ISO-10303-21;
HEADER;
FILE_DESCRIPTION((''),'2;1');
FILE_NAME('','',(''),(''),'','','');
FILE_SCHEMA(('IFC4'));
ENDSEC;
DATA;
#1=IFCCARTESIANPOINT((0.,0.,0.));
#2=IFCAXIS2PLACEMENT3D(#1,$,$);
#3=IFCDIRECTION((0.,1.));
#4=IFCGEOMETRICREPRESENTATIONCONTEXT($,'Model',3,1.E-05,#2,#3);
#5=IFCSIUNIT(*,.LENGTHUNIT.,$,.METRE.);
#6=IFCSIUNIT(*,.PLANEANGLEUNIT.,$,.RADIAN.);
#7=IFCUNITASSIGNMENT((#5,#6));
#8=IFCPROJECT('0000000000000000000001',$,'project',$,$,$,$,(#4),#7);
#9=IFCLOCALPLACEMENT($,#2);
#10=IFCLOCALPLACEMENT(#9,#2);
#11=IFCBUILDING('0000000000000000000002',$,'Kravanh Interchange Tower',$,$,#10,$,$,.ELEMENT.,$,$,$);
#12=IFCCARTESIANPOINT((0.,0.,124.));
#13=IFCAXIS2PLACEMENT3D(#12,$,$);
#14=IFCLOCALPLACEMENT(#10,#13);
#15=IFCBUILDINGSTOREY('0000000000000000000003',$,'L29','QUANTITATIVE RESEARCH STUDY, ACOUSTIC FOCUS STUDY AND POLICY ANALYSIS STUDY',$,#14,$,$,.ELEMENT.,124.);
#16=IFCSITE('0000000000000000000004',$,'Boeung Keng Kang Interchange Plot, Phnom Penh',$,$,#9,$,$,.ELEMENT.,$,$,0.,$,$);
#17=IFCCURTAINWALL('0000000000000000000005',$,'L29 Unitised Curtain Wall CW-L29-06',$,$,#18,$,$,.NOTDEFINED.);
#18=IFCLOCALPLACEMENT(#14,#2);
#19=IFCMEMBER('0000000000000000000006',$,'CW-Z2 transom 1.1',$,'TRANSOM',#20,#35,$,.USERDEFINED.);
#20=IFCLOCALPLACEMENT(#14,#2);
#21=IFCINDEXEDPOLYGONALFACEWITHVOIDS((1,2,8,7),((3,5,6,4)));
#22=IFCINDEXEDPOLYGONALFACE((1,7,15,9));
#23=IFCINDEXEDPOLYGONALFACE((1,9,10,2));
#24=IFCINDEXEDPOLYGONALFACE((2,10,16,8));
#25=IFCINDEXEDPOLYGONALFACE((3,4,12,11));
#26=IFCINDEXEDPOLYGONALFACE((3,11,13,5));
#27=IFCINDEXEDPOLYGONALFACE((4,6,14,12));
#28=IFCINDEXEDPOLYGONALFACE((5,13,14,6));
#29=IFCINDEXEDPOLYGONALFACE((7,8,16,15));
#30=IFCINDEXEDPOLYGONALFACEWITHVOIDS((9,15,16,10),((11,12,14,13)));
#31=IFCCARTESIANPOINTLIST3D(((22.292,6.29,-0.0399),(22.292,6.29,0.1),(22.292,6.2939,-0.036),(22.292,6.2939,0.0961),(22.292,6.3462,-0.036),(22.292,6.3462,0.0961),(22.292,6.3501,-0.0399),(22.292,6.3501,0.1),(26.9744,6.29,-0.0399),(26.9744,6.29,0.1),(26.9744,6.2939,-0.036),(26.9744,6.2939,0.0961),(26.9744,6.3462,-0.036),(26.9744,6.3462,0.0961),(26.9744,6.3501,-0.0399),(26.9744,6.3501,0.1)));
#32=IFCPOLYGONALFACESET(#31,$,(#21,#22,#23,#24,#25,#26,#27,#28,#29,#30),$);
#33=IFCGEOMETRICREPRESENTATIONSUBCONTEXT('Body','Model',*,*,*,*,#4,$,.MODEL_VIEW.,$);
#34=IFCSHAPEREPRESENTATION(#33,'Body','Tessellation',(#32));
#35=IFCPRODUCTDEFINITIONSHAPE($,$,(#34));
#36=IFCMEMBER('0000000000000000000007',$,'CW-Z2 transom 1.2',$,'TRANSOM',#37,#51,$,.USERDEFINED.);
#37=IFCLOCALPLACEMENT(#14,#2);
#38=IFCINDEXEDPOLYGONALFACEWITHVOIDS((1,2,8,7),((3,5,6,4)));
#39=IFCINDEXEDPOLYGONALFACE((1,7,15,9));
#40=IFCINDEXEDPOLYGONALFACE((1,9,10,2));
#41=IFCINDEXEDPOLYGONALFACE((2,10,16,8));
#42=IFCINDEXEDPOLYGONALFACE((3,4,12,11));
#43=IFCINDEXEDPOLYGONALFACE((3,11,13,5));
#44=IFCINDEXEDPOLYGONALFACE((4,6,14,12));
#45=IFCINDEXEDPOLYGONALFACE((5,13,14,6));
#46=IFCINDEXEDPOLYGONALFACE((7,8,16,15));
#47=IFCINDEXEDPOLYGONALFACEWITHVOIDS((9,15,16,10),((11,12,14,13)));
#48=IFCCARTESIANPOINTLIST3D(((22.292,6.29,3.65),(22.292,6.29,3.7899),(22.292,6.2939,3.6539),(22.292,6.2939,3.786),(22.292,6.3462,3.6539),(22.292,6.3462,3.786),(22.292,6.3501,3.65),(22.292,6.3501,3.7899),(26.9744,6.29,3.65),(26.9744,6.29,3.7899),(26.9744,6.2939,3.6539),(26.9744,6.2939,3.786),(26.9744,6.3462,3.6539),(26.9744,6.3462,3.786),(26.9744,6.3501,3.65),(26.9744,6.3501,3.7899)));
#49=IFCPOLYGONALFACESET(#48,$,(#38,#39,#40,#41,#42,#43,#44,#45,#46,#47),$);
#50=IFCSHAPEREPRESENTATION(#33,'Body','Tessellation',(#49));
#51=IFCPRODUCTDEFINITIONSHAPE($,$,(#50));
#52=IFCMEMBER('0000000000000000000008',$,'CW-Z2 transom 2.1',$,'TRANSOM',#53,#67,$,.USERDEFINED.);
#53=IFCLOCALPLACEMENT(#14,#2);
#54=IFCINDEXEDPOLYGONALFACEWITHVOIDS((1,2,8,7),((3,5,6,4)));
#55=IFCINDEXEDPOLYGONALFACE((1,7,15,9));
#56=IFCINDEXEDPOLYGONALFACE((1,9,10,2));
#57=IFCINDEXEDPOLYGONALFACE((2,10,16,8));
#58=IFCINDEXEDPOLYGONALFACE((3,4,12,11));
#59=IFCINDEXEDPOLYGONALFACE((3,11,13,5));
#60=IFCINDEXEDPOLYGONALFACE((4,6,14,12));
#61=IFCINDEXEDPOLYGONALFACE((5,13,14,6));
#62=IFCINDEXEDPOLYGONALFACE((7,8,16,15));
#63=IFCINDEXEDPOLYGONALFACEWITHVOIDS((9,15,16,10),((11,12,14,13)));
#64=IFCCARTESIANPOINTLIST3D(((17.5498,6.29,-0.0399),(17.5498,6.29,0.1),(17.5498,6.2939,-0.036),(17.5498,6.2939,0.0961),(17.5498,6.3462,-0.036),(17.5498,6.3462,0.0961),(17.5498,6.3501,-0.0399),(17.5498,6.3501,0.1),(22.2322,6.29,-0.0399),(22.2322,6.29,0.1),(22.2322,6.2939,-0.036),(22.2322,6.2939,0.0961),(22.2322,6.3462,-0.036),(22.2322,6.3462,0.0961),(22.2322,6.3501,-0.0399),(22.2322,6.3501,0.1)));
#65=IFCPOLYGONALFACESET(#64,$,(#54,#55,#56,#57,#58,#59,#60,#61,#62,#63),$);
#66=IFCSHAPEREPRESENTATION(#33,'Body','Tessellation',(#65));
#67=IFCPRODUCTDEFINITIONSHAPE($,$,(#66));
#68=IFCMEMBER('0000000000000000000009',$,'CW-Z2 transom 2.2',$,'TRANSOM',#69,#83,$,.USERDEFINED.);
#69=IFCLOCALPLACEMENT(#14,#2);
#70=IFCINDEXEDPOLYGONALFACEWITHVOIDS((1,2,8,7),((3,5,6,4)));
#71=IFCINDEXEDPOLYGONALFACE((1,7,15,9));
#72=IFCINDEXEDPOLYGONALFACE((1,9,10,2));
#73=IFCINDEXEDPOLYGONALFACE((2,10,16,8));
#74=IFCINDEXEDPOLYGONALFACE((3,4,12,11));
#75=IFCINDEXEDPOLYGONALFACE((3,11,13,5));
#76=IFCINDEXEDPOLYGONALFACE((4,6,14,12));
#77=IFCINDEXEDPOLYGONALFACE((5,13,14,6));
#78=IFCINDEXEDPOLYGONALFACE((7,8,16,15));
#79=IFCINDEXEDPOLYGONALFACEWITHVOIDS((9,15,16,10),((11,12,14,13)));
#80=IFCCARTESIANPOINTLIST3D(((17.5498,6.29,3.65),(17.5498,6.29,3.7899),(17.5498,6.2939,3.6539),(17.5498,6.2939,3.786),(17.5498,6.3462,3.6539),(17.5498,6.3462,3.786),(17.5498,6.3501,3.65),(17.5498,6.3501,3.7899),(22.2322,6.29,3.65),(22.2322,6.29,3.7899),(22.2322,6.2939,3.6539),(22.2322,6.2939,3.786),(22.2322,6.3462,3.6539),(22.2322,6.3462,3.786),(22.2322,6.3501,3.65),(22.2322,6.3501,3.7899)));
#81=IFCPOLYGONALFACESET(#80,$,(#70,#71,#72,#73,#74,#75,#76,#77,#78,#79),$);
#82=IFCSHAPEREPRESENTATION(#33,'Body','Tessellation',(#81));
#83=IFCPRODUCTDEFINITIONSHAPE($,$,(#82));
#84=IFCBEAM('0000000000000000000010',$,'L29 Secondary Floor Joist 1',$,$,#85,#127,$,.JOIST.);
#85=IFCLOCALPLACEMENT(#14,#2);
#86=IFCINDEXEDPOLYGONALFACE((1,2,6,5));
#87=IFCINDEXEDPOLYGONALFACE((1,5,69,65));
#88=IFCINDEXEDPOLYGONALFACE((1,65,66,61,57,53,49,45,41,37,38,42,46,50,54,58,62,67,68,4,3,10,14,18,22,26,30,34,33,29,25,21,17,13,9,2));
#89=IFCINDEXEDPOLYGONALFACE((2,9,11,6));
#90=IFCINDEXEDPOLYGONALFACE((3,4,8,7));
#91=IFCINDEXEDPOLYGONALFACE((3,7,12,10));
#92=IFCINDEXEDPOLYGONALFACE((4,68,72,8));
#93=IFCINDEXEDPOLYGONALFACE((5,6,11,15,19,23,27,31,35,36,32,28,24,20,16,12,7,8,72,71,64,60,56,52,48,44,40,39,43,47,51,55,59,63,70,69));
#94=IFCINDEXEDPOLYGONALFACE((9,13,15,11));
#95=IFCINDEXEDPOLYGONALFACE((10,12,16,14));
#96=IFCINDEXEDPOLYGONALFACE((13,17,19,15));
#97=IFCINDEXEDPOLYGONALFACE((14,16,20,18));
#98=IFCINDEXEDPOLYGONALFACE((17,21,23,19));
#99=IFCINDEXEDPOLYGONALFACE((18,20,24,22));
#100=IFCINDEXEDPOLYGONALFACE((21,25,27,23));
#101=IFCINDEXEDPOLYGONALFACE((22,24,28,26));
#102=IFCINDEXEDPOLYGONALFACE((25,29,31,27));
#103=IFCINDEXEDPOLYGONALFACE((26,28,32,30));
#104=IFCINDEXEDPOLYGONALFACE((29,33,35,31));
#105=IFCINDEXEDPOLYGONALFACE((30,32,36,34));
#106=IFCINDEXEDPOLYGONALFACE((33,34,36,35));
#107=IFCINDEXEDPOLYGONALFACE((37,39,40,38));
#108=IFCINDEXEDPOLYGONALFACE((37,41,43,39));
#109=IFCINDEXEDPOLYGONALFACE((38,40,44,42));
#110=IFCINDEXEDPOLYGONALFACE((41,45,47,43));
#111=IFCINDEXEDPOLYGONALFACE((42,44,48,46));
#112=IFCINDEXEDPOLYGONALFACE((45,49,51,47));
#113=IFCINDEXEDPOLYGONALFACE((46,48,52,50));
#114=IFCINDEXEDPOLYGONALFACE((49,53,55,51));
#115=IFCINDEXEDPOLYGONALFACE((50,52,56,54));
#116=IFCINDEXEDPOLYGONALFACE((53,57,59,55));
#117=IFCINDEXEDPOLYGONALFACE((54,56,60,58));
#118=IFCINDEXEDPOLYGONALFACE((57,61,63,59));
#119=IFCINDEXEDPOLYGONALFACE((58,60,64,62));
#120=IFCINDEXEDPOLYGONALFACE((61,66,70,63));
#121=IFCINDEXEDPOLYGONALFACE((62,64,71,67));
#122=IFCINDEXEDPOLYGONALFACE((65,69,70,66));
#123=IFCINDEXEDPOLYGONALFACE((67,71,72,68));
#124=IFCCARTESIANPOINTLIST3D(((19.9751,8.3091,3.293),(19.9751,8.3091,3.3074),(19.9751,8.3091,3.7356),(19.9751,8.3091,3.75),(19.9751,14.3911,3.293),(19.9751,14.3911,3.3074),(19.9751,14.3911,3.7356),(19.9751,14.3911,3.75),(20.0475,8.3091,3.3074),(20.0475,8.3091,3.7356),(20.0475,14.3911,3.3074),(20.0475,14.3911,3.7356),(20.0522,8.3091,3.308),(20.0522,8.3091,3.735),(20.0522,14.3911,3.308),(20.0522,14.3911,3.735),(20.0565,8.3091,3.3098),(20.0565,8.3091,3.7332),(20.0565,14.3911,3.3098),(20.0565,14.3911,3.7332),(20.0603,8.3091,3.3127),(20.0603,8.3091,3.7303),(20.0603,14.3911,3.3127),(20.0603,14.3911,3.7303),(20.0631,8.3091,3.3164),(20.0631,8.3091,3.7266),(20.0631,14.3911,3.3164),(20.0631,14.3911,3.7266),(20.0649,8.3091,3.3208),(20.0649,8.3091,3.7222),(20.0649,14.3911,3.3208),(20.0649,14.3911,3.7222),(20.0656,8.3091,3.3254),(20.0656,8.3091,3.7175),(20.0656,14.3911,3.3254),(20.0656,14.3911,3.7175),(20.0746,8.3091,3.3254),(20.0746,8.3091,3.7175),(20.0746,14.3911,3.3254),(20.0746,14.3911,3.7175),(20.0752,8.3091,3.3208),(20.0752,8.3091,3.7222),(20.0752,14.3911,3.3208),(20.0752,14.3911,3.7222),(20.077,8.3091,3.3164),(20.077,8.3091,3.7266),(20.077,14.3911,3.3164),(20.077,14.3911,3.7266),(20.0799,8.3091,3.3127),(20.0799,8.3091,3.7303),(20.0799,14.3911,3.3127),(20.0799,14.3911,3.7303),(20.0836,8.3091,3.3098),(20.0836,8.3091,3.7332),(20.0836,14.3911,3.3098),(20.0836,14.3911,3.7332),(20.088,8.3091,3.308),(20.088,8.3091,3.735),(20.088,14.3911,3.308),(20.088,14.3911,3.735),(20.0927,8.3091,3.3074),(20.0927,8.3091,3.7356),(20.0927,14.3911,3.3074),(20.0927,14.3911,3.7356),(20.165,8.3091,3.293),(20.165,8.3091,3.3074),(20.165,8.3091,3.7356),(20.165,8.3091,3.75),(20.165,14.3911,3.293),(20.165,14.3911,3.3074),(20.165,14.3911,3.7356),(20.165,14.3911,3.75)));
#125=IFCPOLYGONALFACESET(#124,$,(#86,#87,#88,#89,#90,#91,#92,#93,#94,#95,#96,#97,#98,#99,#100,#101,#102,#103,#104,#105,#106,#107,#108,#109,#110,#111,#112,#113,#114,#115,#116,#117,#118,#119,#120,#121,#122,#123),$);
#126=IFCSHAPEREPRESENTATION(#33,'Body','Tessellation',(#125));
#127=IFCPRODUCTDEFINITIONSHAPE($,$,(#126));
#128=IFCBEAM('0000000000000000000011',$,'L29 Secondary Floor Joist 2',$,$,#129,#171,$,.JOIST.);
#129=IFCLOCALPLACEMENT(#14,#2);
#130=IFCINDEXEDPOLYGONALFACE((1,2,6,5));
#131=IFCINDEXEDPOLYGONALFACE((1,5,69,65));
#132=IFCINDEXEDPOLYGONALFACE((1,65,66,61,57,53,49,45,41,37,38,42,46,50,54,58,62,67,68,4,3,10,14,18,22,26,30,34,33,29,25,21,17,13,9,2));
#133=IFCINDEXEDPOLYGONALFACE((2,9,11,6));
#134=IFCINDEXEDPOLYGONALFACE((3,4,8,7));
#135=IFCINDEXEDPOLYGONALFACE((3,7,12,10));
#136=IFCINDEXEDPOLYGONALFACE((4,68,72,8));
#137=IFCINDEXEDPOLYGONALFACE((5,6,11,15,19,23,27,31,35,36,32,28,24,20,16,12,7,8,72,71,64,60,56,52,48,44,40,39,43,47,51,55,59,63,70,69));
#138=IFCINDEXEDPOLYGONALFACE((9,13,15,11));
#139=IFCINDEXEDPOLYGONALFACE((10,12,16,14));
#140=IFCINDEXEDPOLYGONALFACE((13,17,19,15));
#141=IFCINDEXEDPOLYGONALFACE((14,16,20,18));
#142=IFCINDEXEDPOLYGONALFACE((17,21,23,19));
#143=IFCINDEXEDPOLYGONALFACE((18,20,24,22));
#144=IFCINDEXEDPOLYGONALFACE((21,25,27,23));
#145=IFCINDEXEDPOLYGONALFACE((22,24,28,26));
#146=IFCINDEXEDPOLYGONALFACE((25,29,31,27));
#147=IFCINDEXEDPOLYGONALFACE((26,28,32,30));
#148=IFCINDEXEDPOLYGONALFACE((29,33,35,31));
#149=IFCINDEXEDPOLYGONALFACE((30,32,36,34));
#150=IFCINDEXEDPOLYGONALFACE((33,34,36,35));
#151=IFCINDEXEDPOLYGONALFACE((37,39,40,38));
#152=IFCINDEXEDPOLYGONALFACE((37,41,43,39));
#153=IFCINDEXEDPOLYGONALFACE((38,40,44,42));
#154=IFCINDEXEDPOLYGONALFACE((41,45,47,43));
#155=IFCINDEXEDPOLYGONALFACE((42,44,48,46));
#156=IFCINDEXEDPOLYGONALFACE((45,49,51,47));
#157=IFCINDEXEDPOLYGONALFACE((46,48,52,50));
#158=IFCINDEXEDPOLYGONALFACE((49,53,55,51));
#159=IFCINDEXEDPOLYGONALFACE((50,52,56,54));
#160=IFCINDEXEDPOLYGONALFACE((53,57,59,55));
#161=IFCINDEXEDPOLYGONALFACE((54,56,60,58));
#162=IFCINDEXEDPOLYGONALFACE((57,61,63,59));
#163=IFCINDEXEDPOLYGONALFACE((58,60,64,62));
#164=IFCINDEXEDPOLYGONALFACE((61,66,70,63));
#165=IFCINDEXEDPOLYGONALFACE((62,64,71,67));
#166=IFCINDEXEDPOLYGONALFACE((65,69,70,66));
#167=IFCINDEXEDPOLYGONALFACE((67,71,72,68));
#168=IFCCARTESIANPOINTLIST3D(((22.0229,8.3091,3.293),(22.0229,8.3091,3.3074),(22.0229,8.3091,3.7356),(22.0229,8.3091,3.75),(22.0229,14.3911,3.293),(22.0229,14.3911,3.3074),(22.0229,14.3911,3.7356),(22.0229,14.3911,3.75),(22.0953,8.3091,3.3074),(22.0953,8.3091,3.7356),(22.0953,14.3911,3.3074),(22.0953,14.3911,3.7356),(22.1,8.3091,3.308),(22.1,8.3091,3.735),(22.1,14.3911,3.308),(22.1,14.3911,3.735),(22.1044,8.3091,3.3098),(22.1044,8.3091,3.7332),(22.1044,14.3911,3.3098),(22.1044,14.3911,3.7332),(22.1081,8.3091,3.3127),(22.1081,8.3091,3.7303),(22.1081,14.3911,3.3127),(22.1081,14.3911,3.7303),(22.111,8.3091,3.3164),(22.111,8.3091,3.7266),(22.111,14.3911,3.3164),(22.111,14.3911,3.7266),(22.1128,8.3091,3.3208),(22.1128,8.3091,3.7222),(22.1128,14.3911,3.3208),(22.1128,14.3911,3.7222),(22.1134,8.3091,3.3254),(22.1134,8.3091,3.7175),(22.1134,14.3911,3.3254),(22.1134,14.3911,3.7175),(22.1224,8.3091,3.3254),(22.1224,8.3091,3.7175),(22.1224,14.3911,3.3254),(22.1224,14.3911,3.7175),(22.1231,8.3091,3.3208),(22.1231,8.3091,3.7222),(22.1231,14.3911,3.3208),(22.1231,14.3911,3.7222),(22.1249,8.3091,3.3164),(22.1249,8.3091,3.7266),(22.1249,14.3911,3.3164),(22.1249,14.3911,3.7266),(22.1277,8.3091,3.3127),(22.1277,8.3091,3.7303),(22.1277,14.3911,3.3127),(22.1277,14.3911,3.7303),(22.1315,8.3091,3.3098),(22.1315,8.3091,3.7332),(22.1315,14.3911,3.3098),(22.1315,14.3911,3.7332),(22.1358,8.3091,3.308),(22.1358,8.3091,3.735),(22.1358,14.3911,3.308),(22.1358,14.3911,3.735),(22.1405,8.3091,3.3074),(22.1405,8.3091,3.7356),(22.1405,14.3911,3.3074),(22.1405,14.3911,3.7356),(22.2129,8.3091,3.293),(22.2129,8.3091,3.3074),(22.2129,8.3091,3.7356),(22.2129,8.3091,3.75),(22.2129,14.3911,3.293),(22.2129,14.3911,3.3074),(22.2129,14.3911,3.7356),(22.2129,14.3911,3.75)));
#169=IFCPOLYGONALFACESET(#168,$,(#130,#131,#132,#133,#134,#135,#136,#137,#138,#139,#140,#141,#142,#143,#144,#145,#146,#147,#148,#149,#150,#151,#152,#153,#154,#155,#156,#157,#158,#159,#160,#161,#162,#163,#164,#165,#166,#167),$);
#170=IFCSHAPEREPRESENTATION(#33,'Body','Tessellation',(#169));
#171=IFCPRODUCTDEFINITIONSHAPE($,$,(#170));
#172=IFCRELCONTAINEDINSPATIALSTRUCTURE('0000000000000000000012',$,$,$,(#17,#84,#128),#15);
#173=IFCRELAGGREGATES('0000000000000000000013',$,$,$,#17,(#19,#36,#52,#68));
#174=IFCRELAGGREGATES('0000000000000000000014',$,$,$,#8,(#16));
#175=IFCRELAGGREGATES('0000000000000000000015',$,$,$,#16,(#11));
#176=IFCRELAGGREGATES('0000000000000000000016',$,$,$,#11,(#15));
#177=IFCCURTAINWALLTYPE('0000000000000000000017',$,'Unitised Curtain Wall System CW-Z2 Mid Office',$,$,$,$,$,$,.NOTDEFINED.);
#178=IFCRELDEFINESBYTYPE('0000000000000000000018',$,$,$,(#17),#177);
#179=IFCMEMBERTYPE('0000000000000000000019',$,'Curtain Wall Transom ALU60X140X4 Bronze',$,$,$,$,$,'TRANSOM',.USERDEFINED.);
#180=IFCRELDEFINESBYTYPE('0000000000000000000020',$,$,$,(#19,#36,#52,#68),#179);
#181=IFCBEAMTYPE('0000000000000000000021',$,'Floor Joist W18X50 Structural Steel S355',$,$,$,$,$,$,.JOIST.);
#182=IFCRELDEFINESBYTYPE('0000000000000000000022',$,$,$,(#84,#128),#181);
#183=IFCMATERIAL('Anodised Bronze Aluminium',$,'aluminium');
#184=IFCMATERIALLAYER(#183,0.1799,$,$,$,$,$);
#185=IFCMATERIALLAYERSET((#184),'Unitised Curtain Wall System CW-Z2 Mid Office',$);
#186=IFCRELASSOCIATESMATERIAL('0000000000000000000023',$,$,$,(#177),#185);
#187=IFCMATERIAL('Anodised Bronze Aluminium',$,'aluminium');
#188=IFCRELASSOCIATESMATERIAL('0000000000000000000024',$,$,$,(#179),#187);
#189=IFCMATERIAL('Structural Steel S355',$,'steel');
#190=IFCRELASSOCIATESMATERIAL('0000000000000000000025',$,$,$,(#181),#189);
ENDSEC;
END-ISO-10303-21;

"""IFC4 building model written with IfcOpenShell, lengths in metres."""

from ifc_helpers import new_model, si_unit, direction, frame, origin, origin_2d, place, context, subcontext, project, spatial, hollow_rectangle, i_section, extrude, material, layer, layer_set, material_profile, profile_set, type_object, element, aggregate, save


model = new_model("IFC4")

# Units and contexts
model_context = context("Model", 3, precision=1e-05, world=origin(), true_north=direction((0.0, 1.0)))
body_context = subcontext(model_context, "Body", "Model", "MODEL_VIEW")
ifc_project = project(units=[si_unit("LENGTHUNIT", "METRE"), si_unit("PLANEANGLEUNIT", "RADIAN")], contexts=[model_context])

# Site, building, storey
site_placement = place(None, origin())
site = spatial("IfcSite", under=ifc_project, at=site_placement, Name="Boeung Keng Kang Interchange Plot, Phnom Penh", CompositionType="ELEMENT", RefElevation=0.0)
building_placement = place(site_placement, origin())
building = spatial("IfcBuilding", under=site, at=building_placement, Name="Kravanh Interchange Tower", CompositionType="ELEMENT")
storey_placement = place(building_placement, frame((0.0, 0.0, 124.0)))
storey = spatial("IfcBuildingStorey", under=building, at=storey_placement, Name="L29", Description="QUANTITATIVE RESEARCH STUDY, ACOUSTIC FOCUS STUDY AND POLICY ANALYSIS STUDY", CompositionType="ELEMENT", Elevation=124.0)

# Shared definitions
ifc_material_1 = material(Name="Anodised Bronze Aluminium", Category="aluminium")
ifc_layer_1 = layer(ifc_material_1, 0.1799)
ifc_layer_set_1 = layer_set([ifc_layer_1], Name="Unitised Curtain Wall System CW-Z2 Mid Office")
curtain_wall_type = type_object("IfcCurtainWallType", Name="Unitised Curtain Wall System CW-Z2 Mid Office", PredefinedType="NOTDEFINED", material=ifc_layer_set_1)

# Curtain wall
curtain_wall_1_placement = place(storey_placement, origin())
curtain_wall_1 = element("IfcCurtainWall", 1, at=curtain_wall_1_placement, inside=storey, type_object=curtain_wall_type, Name="L29 Unitised Curtain Wall CW-L29-06", PredefinedType="NOTDEFINED")

# Members
ifc_material_2 = material(Name="Anodised Bronze Aluminium", Category="aluminium")
ifc_material_profile_1 = material_profile(ifc_material_2, hollow_rectangle(XDim=0.0601, YDim=0.1399, WallThickness=0.0039, at=origin_2d()), Name="ALU60X140X4")
ifc_profile_set_1 = profile_set([ifc_material_profile_1], Name="Anodised Bronze Aluminium")
member_type_1 = type_object("IfcMemberType", Name="Curtain Wall Transom ALU60X140X4 Bronze", ElementType="TRANSOM", PredefinedType="USERDEFINED", material=ifc_profile_set_1)
member_1_placement = place(storey_placement, frame((26.9744, 6.3201, 0.03), z_axis=(-1.0, 0.0, 0.0), x_axis=(0.0, -1.0, 0.0)))
member_1 = element("IfcMember", 2, at=member_1_placement, type_object=member_type_1, Name="CW-Z2 transom 1.1", ObjectType="TRANSOM", PredefinedType="USERDEFINED", context=body_context, shape_type="SweptSolid", body=[
    extrude(hollow_rectangle(XDim=0.0601, YDim=0.1399, WallThickness=0.0039, at=origin_2d()), origin(), (0.0, 0.0, 1.0), 4.6824),
])
member_2_placement = place(storey_placement, frame((26.9744, 6.3201, 3.72), z_axis=(-1.0, 0.0, 0.0), x_axis=(0.0, -1.0, 0.0)))
member_2 = element("IfcMember", 3, at=member_2_placement, type_object=member_type_1, Name="CW-Z2 transom 1.2", ObjectType="TRANSOM", PredefinedType="USERDEFINED", context=body_context, shape_type="SweptSolid", body=[
    extrude(hollow_rectangle(XDim=0.0601, YDim=0.1399, WallThickness=0.0039, at=origin_2d()), origin(), (0.0, 0.0, 1.0), 4.6824),
])
member_3_placement = place(storey_placement, frame((22.2322, 6.3201, 0.03), z_axis=(-1.0, 0.0, 0.0), x_axis=(0.0, -1.0, 0.0)))
member_3 = element("IfcMember", 4, at=member_3_placement, type_object=member_type_1, Name="CW-Z2 transom 2.1", ObjectType="TRANSOM", PredefinedType="USERDEFINED", context=body_context, shape_type="SweptSolid", body=[
    extrude(hollow_rectangle(XDim=0.0601, YDim=0.1399, WallThickness=0.0039, at=origin_2d()), origin(), (0.0, 0.0, 1.0), 4.6824),
])
member_4_placement = place(storey_placement, frame((22.2322, 6.3201, 3.72), z_axis=(-1.0, 0.0, 0.0), x_axis=(0.0, -1.0, 0.0)))
member_4 = element("IfcMember", 5, at=member_4_placement, type_object=member_type_1, Name="CW-Z2 transom 2.2", ObjectType="TRANSOM", PredefinedType="USERDEFINED", context=body_context, shape_type="SweptSolid", body=[
    extrude(hollow_rectangle(XDim=0.0601, YDim=0.1399, WallThickness=0.0039, at=origin_2d()), origin(), (0.0, 0.0, 1.0), 4.6824),
])

# Beams
ifc_material_3 = material(Name="Structural Steel S355", Category="steel")
ifc_material_profile_2 = material_profile(ifc_material_3, i_section(OverallWidth=0.1899, OverallDepth=0.457, WebThickness=0.009, FlangeThickness=0.0144, FilletRadius=0.0181, at=origin_2d()), Name="W18X50")
ifc_profile_set_2 = profile_set([ifc_material_profile_2], Name="Structural Steel S355")
beam_type_1 = type_object("IfcBeamType", Name="Floor Joist W18X50 Structural Steel S355", PredefinedType="JOIST", material=ifc_profile_set_2)
for number, where, z_axis, x_axis, name in (
    (6, (20.0701, 8.3091, 3.5215), (0.0, 1.0, 0.0), (-1.0, 0.0, 0.0), "L29 Secondary Floor Joist 1"),
    (7, (22.1179, 8.3091, 3.5215), (0.0, 1.0, 0.0), (-1.0, 0.0, 0.0), "L29 Secondary Floor Joist 2"),
):
    element("IfcBeam", number, at=place(storey_placement, frame(where, z_axis=z_axis, x_axis=x_axis)), inside=storey, type_object=beam_type_1, Name=name, PredefinedType="JOIST", context=body_context, shape_type="SweptSolid", body=[
        extrude(i_section(OverallWidth=0.1899, OverallDepth=0.457, WebThickness=0.009, FlangeThickness=0.0144, FilletRadius=0.0181, at=origin_2d()), origin(), (0.0, 0.0, 1.0), 6.082),
    ])

aggregate(curtain_wall_1, [member_1, member_2, member_3, member_4])

save(model, "model.ifc")
